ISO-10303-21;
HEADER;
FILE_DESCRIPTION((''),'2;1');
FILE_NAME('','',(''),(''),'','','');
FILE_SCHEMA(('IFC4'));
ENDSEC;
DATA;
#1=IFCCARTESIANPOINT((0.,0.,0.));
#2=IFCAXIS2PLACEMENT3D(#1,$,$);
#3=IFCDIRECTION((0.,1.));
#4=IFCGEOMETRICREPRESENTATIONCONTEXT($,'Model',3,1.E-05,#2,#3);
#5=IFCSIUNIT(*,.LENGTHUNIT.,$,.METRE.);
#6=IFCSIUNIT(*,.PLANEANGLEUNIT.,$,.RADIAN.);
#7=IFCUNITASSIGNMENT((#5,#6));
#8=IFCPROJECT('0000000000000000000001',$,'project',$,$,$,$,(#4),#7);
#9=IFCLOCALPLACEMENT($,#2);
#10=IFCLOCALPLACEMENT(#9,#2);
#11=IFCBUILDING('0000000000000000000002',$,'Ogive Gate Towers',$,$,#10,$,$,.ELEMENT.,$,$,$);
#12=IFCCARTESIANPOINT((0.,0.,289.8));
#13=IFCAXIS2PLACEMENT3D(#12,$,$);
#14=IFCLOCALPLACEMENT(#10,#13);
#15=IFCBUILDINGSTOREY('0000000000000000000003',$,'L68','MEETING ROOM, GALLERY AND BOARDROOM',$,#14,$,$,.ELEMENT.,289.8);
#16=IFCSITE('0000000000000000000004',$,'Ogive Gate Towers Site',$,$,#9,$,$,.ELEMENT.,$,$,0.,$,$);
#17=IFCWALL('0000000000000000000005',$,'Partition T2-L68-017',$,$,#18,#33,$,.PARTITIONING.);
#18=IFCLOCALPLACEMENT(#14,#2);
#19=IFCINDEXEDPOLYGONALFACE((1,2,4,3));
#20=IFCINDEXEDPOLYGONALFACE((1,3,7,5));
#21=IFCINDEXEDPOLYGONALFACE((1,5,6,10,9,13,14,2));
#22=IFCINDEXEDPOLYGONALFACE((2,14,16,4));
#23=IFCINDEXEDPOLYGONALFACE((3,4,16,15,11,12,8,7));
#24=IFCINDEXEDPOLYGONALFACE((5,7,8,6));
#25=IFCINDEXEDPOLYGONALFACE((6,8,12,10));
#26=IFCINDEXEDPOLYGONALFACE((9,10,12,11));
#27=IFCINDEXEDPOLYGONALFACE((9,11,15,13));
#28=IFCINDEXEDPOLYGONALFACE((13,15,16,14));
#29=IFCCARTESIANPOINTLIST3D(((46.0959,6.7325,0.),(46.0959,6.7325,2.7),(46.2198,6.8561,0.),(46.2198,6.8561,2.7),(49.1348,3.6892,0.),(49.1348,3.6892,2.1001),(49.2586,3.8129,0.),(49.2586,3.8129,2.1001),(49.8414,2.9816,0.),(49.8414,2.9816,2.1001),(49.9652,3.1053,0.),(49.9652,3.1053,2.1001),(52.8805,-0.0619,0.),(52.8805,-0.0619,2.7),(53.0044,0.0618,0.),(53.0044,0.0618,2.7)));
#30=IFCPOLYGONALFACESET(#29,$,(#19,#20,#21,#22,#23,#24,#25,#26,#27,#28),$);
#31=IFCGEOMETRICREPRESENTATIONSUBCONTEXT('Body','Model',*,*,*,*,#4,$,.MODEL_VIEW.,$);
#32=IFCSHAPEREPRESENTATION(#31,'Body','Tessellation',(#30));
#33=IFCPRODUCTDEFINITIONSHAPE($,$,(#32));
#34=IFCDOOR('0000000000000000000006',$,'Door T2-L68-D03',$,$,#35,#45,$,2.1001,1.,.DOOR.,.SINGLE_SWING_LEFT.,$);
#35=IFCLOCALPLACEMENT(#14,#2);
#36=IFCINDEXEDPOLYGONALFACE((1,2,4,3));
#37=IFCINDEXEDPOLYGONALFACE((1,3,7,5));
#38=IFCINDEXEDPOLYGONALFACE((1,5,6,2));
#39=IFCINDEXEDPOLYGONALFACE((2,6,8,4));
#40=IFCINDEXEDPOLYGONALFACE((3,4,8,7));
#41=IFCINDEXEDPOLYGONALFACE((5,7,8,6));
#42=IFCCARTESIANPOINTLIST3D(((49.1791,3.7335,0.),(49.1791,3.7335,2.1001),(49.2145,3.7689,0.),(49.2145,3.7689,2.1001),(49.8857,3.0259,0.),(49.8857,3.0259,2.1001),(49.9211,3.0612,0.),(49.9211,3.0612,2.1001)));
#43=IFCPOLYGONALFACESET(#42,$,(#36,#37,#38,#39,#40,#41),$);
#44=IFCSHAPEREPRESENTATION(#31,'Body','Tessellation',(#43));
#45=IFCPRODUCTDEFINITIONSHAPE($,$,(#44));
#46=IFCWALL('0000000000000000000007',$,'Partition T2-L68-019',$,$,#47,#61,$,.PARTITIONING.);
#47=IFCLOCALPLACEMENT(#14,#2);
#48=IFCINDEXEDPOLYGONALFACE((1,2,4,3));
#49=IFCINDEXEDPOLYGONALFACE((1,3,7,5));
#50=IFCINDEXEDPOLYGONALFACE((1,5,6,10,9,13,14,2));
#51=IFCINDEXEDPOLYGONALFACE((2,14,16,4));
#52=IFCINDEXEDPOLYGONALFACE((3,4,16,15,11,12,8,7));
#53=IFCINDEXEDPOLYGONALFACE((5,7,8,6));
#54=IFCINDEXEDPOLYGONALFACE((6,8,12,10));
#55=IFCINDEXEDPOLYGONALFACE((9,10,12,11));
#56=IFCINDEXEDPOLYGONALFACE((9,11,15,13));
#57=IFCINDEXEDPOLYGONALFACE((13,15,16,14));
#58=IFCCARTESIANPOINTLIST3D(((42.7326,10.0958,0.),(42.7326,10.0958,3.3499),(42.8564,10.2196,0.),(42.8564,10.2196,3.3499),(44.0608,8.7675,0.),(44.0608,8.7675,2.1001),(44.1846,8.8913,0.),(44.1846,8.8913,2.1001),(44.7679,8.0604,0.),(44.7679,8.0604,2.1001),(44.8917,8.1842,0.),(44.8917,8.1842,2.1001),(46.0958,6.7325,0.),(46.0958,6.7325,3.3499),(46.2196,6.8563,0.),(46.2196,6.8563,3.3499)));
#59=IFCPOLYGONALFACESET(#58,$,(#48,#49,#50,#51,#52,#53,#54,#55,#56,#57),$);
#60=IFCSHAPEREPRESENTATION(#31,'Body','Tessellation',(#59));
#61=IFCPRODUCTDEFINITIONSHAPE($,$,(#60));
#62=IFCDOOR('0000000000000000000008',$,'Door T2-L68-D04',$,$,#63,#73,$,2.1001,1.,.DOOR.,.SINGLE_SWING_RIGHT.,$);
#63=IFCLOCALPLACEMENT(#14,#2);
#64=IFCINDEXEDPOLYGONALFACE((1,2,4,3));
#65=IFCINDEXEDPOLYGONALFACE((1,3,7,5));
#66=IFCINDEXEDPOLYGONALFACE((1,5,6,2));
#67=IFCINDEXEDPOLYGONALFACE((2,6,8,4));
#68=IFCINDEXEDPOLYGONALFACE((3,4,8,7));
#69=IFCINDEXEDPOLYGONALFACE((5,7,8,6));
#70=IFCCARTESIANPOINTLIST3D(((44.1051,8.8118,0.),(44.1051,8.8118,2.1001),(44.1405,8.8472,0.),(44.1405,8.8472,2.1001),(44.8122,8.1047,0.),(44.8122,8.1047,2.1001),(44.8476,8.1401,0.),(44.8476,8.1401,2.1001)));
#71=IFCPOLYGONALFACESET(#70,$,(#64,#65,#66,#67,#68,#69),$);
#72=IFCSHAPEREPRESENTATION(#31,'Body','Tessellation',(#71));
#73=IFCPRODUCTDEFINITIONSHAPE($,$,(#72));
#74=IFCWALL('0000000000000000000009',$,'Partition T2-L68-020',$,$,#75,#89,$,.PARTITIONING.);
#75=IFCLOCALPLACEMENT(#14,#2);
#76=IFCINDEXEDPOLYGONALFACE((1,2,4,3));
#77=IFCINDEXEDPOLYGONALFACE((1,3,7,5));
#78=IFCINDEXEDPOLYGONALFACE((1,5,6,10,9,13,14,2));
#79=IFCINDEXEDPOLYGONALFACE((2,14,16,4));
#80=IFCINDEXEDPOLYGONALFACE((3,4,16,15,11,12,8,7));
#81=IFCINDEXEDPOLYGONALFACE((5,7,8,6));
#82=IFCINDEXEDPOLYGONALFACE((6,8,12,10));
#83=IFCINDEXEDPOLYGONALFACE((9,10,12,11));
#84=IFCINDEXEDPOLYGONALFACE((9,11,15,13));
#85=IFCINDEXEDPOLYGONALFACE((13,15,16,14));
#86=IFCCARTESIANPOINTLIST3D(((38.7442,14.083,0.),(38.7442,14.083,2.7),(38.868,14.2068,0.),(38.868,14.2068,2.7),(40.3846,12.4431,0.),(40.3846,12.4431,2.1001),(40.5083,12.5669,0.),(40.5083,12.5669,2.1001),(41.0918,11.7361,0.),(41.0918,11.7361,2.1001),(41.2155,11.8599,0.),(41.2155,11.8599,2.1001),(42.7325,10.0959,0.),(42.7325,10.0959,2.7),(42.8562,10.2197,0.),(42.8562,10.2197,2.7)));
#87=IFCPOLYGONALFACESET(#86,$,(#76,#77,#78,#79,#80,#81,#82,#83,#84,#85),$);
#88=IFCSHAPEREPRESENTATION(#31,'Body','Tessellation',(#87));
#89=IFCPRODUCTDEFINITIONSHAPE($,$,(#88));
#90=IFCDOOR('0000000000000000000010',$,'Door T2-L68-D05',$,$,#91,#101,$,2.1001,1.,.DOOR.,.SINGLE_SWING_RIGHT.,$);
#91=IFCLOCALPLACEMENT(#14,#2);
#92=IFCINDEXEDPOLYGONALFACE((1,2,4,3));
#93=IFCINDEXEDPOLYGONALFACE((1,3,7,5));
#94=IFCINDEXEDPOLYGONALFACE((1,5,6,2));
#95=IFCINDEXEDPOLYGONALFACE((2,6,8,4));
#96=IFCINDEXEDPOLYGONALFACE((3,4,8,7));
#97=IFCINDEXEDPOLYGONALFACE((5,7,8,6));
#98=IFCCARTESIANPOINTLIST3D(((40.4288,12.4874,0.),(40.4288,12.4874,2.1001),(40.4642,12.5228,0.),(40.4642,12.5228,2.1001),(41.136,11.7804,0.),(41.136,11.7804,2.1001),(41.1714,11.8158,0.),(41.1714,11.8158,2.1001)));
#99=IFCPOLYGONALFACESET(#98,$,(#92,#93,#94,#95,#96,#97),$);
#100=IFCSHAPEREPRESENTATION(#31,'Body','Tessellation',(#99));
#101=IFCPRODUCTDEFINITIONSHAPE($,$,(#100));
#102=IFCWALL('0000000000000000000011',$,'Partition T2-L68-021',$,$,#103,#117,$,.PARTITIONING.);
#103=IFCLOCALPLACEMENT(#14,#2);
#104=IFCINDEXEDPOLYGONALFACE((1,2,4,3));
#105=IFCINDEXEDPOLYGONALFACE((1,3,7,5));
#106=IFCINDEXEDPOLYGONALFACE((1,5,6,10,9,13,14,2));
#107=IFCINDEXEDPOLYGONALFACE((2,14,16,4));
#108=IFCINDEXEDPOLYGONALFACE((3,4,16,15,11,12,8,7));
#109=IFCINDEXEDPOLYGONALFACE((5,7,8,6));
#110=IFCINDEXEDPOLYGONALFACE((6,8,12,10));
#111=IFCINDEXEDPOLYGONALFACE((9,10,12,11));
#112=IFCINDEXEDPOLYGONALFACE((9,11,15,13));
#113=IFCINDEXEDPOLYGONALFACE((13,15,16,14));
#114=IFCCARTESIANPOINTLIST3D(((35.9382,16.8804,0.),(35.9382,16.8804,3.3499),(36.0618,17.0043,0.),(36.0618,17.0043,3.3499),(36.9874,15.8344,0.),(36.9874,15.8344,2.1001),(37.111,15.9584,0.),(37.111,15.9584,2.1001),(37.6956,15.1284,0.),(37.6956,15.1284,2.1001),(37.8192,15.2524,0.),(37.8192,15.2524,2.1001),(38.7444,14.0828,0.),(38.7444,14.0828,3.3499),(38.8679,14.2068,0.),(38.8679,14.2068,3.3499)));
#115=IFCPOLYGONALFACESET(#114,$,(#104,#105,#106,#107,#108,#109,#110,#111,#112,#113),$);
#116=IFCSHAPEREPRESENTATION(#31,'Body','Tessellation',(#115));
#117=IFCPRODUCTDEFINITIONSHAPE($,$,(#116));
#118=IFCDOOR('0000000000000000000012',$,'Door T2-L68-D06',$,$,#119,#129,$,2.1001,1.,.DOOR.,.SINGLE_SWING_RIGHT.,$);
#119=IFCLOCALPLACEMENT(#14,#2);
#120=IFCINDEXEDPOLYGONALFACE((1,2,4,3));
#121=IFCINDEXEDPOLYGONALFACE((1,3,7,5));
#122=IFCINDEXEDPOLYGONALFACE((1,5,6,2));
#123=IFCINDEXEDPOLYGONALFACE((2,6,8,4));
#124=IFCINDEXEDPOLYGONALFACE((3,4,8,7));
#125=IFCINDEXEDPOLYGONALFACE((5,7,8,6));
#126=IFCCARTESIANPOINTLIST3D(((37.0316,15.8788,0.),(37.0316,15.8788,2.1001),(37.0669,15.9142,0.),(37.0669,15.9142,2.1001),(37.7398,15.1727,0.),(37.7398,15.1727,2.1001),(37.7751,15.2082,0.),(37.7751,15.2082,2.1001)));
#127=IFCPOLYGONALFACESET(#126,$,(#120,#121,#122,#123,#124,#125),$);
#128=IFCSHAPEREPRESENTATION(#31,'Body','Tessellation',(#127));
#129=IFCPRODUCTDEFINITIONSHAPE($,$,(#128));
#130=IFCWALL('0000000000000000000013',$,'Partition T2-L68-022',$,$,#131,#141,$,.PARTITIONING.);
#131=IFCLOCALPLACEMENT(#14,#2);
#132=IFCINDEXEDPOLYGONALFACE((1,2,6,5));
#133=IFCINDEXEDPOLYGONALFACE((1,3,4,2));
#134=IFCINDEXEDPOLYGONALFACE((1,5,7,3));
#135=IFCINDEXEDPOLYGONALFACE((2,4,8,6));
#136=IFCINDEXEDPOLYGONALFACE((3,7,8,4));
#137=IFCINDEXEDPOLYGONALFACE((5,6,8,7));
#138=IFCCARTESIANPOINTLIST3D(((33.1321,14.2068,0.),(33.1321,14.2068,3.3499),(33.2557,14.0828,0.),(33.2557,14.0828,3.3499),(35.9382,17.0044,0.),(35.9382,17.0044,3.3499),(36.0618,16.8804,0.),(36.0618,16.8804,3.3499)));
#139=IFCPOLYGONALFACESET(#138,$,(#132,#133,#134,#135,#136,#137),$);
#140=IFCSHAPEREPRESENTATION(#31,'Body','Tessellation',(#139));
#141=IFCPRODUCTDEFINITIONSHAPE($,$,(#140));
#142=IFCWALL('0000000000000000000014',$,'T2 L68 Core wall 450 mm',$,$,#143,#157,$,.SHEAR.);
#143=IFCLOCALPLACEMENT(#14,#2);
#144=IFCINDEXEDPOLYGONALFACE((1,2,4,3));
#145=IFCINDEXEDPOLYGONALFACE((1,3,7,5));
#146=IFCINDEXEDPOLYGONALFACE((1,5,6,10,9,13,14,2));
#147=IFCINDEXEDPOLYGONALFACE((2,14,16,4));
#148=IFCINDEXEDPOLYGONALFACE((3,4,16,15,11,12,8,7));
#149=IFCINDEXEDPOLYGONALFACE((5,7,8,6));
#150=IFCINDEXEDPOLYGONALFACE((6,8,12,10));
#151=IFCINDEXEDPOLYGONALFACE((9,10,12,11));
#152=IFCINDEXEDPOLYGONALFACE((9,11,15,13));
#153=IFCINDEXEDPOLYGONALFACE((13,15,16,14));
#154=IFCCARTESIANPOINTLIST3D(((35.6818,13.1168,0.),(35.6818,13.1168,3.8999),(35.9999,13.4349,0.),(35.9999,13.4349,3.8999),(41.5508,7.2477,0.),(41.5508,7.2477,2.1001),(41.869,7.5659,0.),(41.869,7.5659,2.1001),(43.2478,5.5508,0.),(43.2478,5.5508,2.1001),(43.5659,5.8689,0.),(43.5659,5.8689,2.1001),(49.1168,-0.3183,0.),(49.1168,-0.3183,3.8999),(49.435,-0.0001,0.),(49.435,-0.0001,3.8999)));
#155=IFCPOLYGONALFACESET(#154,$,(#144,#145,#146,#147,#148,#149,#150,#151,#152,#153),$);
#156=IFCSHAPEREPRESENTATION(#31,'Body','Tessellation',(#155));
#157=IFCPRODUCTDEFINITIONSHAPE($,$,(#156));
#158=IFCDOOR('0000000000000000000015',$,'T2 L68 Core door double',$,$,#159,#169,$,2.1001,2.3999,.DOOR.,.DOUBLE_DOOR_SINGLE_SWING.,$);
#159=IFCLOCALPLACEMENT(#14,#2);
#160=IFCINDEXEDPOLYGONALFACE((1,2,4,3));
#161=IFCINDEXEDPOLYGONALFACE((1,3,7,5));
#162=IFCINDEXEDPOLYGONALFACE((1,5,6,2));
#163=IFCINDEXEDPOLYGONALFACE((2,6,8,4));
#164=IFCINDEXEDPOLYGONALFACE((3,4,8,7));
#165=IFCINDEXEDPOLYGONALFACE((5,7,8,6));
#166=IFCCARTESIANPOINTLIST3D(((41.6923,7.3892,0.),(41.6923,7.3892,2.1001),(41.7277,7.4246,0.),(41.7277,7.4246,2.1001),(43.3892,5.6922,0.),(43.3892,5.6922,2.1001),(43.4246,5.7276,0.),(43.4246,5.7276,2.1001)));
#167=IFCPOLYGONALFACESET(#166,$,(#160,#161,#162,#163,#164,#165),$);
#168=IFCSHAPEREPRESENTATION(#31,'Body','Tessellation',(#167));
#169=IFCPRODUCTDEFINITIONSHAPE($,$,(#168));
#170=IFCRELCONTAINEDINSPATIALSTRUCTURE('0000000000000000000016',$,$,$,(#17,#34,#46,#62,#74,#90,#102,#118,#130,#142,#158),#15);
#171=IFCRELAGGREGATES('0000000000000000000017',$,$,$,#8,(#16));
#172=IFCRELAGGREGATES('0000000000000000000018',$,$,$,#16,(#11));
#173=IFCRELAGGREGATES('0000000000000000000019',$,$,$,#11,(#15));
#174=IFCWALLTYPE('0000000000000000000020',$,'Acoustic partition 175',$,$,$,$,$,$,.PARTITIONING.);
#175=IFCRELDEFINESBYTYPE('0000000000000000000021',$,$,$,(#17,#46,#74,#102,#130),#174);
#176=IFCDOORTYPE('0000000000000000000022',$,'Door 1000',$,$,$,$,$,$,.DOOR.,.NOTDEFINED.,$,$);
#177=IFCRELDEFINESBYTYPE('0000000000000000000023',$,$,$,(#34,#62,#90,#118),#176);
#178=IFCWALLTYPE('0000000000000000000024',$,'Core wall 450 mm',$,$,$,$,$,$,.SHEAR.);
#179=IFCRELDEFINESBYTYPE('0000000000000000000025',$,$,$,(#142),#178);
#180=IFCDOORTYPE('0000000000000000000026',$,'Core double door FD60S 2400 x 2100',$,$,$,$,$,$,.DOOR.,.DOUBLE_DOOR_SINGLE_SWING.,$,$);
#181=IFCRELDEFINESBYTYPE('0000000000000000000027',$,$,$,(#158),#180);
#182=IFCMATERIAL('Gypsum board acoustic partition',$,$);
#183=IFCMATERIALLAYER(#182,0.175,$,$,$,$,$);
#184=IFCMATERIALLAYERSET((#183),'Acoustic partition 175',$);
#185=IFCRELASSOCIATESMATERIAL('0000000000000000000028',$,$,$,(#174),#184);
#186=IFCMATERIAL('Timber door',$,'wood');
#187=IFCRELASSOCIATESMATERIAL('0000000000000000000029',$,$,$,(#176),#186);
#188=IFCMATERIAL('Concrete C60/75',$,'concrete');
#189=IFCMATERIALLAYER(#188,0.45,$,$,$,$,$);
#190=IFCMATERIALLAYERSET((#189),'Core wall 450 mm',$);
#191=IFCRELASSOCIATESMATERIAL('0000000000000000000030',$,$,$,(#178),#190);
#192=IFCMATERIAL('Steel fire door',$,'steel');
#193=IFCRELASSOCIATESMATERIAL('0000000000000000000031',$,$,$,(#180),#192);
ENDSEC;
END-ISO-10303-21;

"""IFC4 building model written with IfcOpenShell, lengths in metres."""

from ifc_helpers import new_model, si_unit, direction, frame, frame_2d, origin, place, context, subcontext, project, spatial, rectangle, extrude, material, layer, layer_set, type_object, element, fill, save


model = new_model("IFC4")

# Units and contexts
model_context = context("Model", 3, precision=1e-05, world=origin(), true_north=direction((0.0, 1.0)))
body_context = subcontext(model_context, "Body", "Model", "MODEL_VIEW")
ifc_project = project(units=[si_unit("LENGTHUNIT", "METRE"), si_unit("PLANEANGLEUNIT", "RADIAN")], contexts=[model_context])

# Site, building, storey
site_placement = place(None, origin())
site = spatial("IfcSite", under=ifc_project, at=site_placement, Name="Ogive Gate Towers Site", CompositionType="ELEMENT", RefElevation=0.0)
building_placement = place(site_placement, origin())
building = spatial("IfcBuilding", under=site, at=building_placement, Name="Ogive Gate Towers", CompositionType="ELEMENT")
storey_placement = place(building_placement, frame((0.0, 0.0, 289.8)))
storey = spatial("IfcBuildingStorey", under=building, at=storey_placement, Name="L68", Description="MEETING ROOM, GALLERY AND BOARDROOM", CompositionType="ELEMENT", Elevation=289.8)

# Shared definitions
ifc_material_1 = material(Name="Gypsum board acoustic partition")
ifc_layer_1 = layer(ifc_material_1, 0.175)
ifc_layer_set_1 = layer_set([ifc_layer_1], Name="Acoustic partition 175")
wall_type_1 = type_object("IfcWallType", Name="Acoustic partition 175", PredefinedType="PARTITIONING", material=ifc_layer_set_1)

# Walls, openings, doors
wall_1_placement = place(storey_placement, frame((52.9424, 0.0, 0.0), z_axis=(0.0, 0.0, 1.0), x_axis=(-0.706598, 0.707615, 0.0)))
wall_1 = element("IfcWall", 1, at=wall_1_placement, inside=storey, type_object=wall_type_1, Name="Partition T2-L68-017", PredefinedType="PARTITIONING", context=body_context, shape_type="SweptSolid", body=[
    extrude(rectangle(XDim=9.6018, YDim=0.175, at=frame_2d((4.8008, 0.0))), origin(), (0.0, 0.0, 1.0), 2.7),
])
opening_1_placement = place(wall_1_placement, frame((4.301, 0.0, 0.0)))
opening_1 = element("IfcOpeningElement", 2, at=opening_1_placement, cuts=wall_1, PredefinedType="OPENING", context=body_context, shape_type="SweptSolid", body=[
    extrude(rectangle(XDim=1.0, YDim=2.1001, at=frame_2d((0.5, 1.05))), frame((0.0, 0.0977, 0.0), z_axis=(0.0, -1.0, 0.0), x_axis=(1.0, 0.0, 0.0)), (0.0, 0.0, 1.0), 0.1951),
])
ifc_material_2 = material(Name="Timber door", Category="wood")
door_type_1 = type_object("IfcDoorType", Name="Door 1000", OperationType="NOTDEFINED", PredefinedType="DOOR", material=ifc_material_2)
door_1_placement = place(opening_1_placement, origin())
door_1 = element("IfcDoor", 3, at=door_1_placement, inside=storey, type_object=door_type_1, Name="Door T2-L68-D03", OperationType="SINGLE_SWING_LEFT", OverallHeight=2.1001, OverallWidth=1.0, PredefinedType="DOOR", context=body_context, shape_type="SweptSolid", body=[
    extrude(rectangle(XDim=1.0, YDim=2.1001, at=frame_2d((0.5, 1.05))), frame((0.0, 0.0249, 0.0), z_axis=(0.0, -1.0, 0.0), x_axis=(1.0, 0.0, 0.0)), (0.0, 0.0, 1.0), 0.05),
])
fill(opening_1, door_1)
wall_2_placement = place(storey_placement, frame((46.1577, 6.7944, 0.0), z_axis=(0.0, 0.0, 1.0), x_axis=(-0.707107, 0.707107, 0.0)))
wall_2 = element("IfcWall", 4, at=wall_2_placement, inside=storey, type_object=wall_type_1, Name="Partition T2-L68-019", PredefinedType="PARTITIONING", context=body_context, shape_type="SweptSolid", body=[
    extrude(rectangle(XDim=4.7563, YDim=0.175, at=frame_2d((2.3782, 0.0))), origin(), (0.0, 0.0, 1.0), 3.3499),
])
opening_2_placement = place(wall_2_placement, frame((1.8779, 0.0, 0.0)))
opening_2 = element("IfcOpeningElement", 5, at=opening_2_placement, cuts=wall_2, PredefinedType="OPENING", context=body_context, shape_type="SweptSolid", body=[
    extrude(rectangle(XDim=1.0, YDim=2.1001, at=frame_2d((0.5, 1.05))), frame((0.0, 0.0977, 0.0), z_axis=(0.0, -1.0, 0.0), x_axis=(1.0, 0.0, 0.0)), (0.0, 0.0, 1.0), 0.1951),
])
door_2_placement = place(opening_2_placement, origin())
door_2 = element("IfcDoor", 6, at=door_2_placement, inside=storey, type_object=door_type_1, Name="Door T2-L68-D04", OperationType="SINGLE_SWING_RIGHT", OverallHeight=2.1001, OverallWidth=1.0, PredefinedType="DOOR", context=body_context, shape_type="SweptSolid", body=[
    extrude(rectangle(XDim=1.0, YDim=2.1001, at=frame_2d((0.5, 1.05))), frame((0.0, 0.0249, 0.0), z_axis=(0.0, -1.0, 0.0), x_axis=(1.0, 0.0, 0.0)), (0.0, 0.0, 1.0), 0.05),
])
fill(opening_2, door_2)
wall_3_placement = place(storey_placement, frame((42.7944, 10.1577, 0.0), z_axis=(0.0, 0.0, 1.0), x_axis=(-0.707215, 0.706999, 0.0)))
wall_3 = element("IfcWall", 7, at=wall_3_placement, inside=storey, type_object=wall_type_1, Name="Partition T2-L68-020", PredefinedType="PARTITIONING", context=body_context, shape_type="SweptSolid", body=[
    extrude(rectangle(XDim=5.6394, YDim=0.175, at=frame_2d((2.8198, 0.0))), origin(), (0.0, 0.0, 1.0), 2.7),
])
opening_3_placement = place(wall_3_placement, frame((2.3201, 0.0, 0.0)))
opening_3 = element("IfcOpeningElement", 8, at=opening_3_placement, cuts=wall_3, PredefinedType="OPENING", context=body_context, shape_type="SweptSolid", body=[
    extrude(rectangle(XDim=1.0, YDim=2.1001, at=frame_2d((0.5, 1.05))), frame((0.0, 0.0977, 0.0), z_axis=(0.0, -1.0, 0.0), x_axis=(1.0, 0.0, 0.0)), (0.0, 0.0, 1.0), 0.1951),
])
door_3_placement = place(opening_3_placement, origin())
door_3 = element("IfcDoor", 9, at=door_3_placement, inside=storey, type_object=door_type_1, Name="Door T2-L68-D05", OperationType="SINGLE_SWING_RIGHT", OverallHeight=2.1001, OverallWidth=1.0, PredefinedType="DOOR", context=body_context, shape_type="SweptSolid", body=[
    extrude(rectangle(XDim=1.0, YDim=2.1001, at=frame_2d((0.5, 1.05))), frame((0.0, 0.0249, 0.0), z_axis=(0.0, -1.0, 0.0), x_axis=(1.0, 0.0, 0.0)), (0.0, 0.0, 1.0), 0.05),
])
fill(opening_3, door_3)
wall_4_placement = place(storey_placement, frame((38.8062, 14.1448, 0.0), z_axis=(0.0, 0.0, 1.0), x_axis=(-0.708184, 0.706028, 0.0)))
wall_4 = element("IfcWall", 10, at=wall_4_placement, inside=storey, type_object=wall_type_1, Name="Partition T2-L68-021", PredefinedType="PARTITIONING", context=body_context, shape_type="SweptSolid", body=[
    extrude(rectangle(XDim=3.9624, YDim=0.175, at=frame_2d((1.9812, 0.0))), origin(), (0.0, 0.0, 1.0), 3.3499),
])
opening_4_placement = place(wall_4_placement, frame((1.481, 0.0, 0.0)))
opening_4 = element("IfcOpeningElement", 11, at=opening_4_placement, cuts=wall_4, PredefinedType="OPENING", context=body_context, shape_type="SweptSolid", body=[
    extrude(rectangle(XDim=1.0, YDim=2.1001, at=frame_2d((0.5, 1.05))), frame((0.0, 0.0977, 0.0), z_axis=(0.0, -1.0, 0.0), x_axis=(1.0, 0.0, 0.0)), (0.0, 0.0, 1.0), 0.1951),
])
door_4_placement = place(opening_4_placement, origin())
door_4 = element("IfcDoor", 12, at=door_4_placement, inside=storey, type_object=door_type_1, Name="Door T2-L68-D06", OperationType="SINGLE_SWING_RIGHT", OverallHeight=2.1001, OverallWidth=1.0, PredefinedType="DOOR", context=body_context, shape_type="SweptSolid", body=[
    extrude(rectangle(XDim=1.0, YDim=2.1001, at=frame_2d((0.5, 1.05))), frame((0.0, 0.0249, 0.0), z_axis=(0.0, -1.0, 0.0), x_axis=(1.0, 0.0, 0.0)), (0.0, 0.0, 1.0), 0.05),
])
fill(opening_4, door_4)

# Wall
wall_5_placement = place(storey_placement, frame((36.0, 16.9424, 0.0), z_axis=(0.0, 0.0, 1.0), x_axis=(-0.708184, -0.706028, 0.0)))
element("IfcWall", 13, at=wall_5_placement, inside=storey, type_object=wall_type_1, Name="Partition T2-L68-022", PredefinedType="PARTITIONING", context=body_context, shape_type="SweptSolid", body=[
    extrude(rectangle(XDim=3.9624, YDim=0.175, at=frame_2d((1.9812, 0.0))), origin(), (0.0, 0.0, 1.0), 3.3499),
])

# Wall, opening, door
ifc_material_3 = material(Name="Concrete C60/75", Category="concrete")
ifc_layer_2 = layer(ifc_material_3, 0.45)
ifc_layer_set_2 = layer_set([ifc_layer_2], Name="Core wall 450 mm")
wall_type_2 = type_object("IfcWallType", Name="Core wall 450 mm", PredefinedType="SHEAR", material=ifc_layer_set_2)
wall_6_placement = place(storey_placement, frame((49.2759, -0.1592, 0.0), z_axis=(0.0, 0.0, 1.0), x_axis=(-0.707107, 0.707107, 0.0)))
wall_6 = element("IfcWall", 14, at=wall_6_placement, inside=storey, type_object=wall_type_2, Name="T2 L68 Core wall 450 mm", PredefinedType="SHEAR", context=body_context, shape_type="SweptSolid", body=[
    extrude(rectangle(XDim=19.0, YDim=0.45, at=frame_2d((9.5, 0.0))), origin(), (0.0, 0.0, 1.0), 3.8999),
])
opening_5_placement = place(wall_6_placement, frame((8.3, 0.0, 0.0)))
opening_5 = element("IfcOpeningElement", 15, at=opening_5_placement, cuts=wall_6, PredefinedType="OPENING", context=body_context, shape_type="SweptSolid", body=[
    extrude(rectangle(XDim=2.3999, YDim=2.1001, at=frame_2d((1.2, 1.05))), frame((0.0, 0.2349, 0.0), z_axis=(0.0, -1.0, 0.0), x_axis=(1.0, 0.0, 0.0)), (0.0, 0.0, 1.0), 0.47),
])
ifc_material_4 = material(Name="Steel fire door", Category="steel")
door_type_2 = type_object("IfcDoorType", Name="Core double door FD60S 2400 x 2100", OperationType="DOUBLE_DOOR_SINGLE_SWING", PredefinedType="DOOR", material=ifc_material_4)
door_5_placement = place(opening_5_placement, origin())
door_5 = element("IfcDoor", 16, at=door_5_placement, inside=storey, type_object=door_type_2, Name="T2 L68 Core door double", OperationType="DOUBLE_DOOR_SINGLE_SWING", OverallHeight=2.1001, OverallWidth=2.3999, PredefinedType="DOOR", context=body_context, shape_type="SweptSolid", body=[
    extrude(rectangle(XDim=2.3999, YDim=2.1001, at=frame_2d((1.2, 1.05))), frame((0.0, 0.0249, 0.0), z_axis=(0.0, -1.0, 0.0), x_axis=(1.0, 0.0, 0.0)), (0.0, 0.0, 1.0), 0.05),
])
fill(opening_5, door_5)

save(model, "model.ifc")
